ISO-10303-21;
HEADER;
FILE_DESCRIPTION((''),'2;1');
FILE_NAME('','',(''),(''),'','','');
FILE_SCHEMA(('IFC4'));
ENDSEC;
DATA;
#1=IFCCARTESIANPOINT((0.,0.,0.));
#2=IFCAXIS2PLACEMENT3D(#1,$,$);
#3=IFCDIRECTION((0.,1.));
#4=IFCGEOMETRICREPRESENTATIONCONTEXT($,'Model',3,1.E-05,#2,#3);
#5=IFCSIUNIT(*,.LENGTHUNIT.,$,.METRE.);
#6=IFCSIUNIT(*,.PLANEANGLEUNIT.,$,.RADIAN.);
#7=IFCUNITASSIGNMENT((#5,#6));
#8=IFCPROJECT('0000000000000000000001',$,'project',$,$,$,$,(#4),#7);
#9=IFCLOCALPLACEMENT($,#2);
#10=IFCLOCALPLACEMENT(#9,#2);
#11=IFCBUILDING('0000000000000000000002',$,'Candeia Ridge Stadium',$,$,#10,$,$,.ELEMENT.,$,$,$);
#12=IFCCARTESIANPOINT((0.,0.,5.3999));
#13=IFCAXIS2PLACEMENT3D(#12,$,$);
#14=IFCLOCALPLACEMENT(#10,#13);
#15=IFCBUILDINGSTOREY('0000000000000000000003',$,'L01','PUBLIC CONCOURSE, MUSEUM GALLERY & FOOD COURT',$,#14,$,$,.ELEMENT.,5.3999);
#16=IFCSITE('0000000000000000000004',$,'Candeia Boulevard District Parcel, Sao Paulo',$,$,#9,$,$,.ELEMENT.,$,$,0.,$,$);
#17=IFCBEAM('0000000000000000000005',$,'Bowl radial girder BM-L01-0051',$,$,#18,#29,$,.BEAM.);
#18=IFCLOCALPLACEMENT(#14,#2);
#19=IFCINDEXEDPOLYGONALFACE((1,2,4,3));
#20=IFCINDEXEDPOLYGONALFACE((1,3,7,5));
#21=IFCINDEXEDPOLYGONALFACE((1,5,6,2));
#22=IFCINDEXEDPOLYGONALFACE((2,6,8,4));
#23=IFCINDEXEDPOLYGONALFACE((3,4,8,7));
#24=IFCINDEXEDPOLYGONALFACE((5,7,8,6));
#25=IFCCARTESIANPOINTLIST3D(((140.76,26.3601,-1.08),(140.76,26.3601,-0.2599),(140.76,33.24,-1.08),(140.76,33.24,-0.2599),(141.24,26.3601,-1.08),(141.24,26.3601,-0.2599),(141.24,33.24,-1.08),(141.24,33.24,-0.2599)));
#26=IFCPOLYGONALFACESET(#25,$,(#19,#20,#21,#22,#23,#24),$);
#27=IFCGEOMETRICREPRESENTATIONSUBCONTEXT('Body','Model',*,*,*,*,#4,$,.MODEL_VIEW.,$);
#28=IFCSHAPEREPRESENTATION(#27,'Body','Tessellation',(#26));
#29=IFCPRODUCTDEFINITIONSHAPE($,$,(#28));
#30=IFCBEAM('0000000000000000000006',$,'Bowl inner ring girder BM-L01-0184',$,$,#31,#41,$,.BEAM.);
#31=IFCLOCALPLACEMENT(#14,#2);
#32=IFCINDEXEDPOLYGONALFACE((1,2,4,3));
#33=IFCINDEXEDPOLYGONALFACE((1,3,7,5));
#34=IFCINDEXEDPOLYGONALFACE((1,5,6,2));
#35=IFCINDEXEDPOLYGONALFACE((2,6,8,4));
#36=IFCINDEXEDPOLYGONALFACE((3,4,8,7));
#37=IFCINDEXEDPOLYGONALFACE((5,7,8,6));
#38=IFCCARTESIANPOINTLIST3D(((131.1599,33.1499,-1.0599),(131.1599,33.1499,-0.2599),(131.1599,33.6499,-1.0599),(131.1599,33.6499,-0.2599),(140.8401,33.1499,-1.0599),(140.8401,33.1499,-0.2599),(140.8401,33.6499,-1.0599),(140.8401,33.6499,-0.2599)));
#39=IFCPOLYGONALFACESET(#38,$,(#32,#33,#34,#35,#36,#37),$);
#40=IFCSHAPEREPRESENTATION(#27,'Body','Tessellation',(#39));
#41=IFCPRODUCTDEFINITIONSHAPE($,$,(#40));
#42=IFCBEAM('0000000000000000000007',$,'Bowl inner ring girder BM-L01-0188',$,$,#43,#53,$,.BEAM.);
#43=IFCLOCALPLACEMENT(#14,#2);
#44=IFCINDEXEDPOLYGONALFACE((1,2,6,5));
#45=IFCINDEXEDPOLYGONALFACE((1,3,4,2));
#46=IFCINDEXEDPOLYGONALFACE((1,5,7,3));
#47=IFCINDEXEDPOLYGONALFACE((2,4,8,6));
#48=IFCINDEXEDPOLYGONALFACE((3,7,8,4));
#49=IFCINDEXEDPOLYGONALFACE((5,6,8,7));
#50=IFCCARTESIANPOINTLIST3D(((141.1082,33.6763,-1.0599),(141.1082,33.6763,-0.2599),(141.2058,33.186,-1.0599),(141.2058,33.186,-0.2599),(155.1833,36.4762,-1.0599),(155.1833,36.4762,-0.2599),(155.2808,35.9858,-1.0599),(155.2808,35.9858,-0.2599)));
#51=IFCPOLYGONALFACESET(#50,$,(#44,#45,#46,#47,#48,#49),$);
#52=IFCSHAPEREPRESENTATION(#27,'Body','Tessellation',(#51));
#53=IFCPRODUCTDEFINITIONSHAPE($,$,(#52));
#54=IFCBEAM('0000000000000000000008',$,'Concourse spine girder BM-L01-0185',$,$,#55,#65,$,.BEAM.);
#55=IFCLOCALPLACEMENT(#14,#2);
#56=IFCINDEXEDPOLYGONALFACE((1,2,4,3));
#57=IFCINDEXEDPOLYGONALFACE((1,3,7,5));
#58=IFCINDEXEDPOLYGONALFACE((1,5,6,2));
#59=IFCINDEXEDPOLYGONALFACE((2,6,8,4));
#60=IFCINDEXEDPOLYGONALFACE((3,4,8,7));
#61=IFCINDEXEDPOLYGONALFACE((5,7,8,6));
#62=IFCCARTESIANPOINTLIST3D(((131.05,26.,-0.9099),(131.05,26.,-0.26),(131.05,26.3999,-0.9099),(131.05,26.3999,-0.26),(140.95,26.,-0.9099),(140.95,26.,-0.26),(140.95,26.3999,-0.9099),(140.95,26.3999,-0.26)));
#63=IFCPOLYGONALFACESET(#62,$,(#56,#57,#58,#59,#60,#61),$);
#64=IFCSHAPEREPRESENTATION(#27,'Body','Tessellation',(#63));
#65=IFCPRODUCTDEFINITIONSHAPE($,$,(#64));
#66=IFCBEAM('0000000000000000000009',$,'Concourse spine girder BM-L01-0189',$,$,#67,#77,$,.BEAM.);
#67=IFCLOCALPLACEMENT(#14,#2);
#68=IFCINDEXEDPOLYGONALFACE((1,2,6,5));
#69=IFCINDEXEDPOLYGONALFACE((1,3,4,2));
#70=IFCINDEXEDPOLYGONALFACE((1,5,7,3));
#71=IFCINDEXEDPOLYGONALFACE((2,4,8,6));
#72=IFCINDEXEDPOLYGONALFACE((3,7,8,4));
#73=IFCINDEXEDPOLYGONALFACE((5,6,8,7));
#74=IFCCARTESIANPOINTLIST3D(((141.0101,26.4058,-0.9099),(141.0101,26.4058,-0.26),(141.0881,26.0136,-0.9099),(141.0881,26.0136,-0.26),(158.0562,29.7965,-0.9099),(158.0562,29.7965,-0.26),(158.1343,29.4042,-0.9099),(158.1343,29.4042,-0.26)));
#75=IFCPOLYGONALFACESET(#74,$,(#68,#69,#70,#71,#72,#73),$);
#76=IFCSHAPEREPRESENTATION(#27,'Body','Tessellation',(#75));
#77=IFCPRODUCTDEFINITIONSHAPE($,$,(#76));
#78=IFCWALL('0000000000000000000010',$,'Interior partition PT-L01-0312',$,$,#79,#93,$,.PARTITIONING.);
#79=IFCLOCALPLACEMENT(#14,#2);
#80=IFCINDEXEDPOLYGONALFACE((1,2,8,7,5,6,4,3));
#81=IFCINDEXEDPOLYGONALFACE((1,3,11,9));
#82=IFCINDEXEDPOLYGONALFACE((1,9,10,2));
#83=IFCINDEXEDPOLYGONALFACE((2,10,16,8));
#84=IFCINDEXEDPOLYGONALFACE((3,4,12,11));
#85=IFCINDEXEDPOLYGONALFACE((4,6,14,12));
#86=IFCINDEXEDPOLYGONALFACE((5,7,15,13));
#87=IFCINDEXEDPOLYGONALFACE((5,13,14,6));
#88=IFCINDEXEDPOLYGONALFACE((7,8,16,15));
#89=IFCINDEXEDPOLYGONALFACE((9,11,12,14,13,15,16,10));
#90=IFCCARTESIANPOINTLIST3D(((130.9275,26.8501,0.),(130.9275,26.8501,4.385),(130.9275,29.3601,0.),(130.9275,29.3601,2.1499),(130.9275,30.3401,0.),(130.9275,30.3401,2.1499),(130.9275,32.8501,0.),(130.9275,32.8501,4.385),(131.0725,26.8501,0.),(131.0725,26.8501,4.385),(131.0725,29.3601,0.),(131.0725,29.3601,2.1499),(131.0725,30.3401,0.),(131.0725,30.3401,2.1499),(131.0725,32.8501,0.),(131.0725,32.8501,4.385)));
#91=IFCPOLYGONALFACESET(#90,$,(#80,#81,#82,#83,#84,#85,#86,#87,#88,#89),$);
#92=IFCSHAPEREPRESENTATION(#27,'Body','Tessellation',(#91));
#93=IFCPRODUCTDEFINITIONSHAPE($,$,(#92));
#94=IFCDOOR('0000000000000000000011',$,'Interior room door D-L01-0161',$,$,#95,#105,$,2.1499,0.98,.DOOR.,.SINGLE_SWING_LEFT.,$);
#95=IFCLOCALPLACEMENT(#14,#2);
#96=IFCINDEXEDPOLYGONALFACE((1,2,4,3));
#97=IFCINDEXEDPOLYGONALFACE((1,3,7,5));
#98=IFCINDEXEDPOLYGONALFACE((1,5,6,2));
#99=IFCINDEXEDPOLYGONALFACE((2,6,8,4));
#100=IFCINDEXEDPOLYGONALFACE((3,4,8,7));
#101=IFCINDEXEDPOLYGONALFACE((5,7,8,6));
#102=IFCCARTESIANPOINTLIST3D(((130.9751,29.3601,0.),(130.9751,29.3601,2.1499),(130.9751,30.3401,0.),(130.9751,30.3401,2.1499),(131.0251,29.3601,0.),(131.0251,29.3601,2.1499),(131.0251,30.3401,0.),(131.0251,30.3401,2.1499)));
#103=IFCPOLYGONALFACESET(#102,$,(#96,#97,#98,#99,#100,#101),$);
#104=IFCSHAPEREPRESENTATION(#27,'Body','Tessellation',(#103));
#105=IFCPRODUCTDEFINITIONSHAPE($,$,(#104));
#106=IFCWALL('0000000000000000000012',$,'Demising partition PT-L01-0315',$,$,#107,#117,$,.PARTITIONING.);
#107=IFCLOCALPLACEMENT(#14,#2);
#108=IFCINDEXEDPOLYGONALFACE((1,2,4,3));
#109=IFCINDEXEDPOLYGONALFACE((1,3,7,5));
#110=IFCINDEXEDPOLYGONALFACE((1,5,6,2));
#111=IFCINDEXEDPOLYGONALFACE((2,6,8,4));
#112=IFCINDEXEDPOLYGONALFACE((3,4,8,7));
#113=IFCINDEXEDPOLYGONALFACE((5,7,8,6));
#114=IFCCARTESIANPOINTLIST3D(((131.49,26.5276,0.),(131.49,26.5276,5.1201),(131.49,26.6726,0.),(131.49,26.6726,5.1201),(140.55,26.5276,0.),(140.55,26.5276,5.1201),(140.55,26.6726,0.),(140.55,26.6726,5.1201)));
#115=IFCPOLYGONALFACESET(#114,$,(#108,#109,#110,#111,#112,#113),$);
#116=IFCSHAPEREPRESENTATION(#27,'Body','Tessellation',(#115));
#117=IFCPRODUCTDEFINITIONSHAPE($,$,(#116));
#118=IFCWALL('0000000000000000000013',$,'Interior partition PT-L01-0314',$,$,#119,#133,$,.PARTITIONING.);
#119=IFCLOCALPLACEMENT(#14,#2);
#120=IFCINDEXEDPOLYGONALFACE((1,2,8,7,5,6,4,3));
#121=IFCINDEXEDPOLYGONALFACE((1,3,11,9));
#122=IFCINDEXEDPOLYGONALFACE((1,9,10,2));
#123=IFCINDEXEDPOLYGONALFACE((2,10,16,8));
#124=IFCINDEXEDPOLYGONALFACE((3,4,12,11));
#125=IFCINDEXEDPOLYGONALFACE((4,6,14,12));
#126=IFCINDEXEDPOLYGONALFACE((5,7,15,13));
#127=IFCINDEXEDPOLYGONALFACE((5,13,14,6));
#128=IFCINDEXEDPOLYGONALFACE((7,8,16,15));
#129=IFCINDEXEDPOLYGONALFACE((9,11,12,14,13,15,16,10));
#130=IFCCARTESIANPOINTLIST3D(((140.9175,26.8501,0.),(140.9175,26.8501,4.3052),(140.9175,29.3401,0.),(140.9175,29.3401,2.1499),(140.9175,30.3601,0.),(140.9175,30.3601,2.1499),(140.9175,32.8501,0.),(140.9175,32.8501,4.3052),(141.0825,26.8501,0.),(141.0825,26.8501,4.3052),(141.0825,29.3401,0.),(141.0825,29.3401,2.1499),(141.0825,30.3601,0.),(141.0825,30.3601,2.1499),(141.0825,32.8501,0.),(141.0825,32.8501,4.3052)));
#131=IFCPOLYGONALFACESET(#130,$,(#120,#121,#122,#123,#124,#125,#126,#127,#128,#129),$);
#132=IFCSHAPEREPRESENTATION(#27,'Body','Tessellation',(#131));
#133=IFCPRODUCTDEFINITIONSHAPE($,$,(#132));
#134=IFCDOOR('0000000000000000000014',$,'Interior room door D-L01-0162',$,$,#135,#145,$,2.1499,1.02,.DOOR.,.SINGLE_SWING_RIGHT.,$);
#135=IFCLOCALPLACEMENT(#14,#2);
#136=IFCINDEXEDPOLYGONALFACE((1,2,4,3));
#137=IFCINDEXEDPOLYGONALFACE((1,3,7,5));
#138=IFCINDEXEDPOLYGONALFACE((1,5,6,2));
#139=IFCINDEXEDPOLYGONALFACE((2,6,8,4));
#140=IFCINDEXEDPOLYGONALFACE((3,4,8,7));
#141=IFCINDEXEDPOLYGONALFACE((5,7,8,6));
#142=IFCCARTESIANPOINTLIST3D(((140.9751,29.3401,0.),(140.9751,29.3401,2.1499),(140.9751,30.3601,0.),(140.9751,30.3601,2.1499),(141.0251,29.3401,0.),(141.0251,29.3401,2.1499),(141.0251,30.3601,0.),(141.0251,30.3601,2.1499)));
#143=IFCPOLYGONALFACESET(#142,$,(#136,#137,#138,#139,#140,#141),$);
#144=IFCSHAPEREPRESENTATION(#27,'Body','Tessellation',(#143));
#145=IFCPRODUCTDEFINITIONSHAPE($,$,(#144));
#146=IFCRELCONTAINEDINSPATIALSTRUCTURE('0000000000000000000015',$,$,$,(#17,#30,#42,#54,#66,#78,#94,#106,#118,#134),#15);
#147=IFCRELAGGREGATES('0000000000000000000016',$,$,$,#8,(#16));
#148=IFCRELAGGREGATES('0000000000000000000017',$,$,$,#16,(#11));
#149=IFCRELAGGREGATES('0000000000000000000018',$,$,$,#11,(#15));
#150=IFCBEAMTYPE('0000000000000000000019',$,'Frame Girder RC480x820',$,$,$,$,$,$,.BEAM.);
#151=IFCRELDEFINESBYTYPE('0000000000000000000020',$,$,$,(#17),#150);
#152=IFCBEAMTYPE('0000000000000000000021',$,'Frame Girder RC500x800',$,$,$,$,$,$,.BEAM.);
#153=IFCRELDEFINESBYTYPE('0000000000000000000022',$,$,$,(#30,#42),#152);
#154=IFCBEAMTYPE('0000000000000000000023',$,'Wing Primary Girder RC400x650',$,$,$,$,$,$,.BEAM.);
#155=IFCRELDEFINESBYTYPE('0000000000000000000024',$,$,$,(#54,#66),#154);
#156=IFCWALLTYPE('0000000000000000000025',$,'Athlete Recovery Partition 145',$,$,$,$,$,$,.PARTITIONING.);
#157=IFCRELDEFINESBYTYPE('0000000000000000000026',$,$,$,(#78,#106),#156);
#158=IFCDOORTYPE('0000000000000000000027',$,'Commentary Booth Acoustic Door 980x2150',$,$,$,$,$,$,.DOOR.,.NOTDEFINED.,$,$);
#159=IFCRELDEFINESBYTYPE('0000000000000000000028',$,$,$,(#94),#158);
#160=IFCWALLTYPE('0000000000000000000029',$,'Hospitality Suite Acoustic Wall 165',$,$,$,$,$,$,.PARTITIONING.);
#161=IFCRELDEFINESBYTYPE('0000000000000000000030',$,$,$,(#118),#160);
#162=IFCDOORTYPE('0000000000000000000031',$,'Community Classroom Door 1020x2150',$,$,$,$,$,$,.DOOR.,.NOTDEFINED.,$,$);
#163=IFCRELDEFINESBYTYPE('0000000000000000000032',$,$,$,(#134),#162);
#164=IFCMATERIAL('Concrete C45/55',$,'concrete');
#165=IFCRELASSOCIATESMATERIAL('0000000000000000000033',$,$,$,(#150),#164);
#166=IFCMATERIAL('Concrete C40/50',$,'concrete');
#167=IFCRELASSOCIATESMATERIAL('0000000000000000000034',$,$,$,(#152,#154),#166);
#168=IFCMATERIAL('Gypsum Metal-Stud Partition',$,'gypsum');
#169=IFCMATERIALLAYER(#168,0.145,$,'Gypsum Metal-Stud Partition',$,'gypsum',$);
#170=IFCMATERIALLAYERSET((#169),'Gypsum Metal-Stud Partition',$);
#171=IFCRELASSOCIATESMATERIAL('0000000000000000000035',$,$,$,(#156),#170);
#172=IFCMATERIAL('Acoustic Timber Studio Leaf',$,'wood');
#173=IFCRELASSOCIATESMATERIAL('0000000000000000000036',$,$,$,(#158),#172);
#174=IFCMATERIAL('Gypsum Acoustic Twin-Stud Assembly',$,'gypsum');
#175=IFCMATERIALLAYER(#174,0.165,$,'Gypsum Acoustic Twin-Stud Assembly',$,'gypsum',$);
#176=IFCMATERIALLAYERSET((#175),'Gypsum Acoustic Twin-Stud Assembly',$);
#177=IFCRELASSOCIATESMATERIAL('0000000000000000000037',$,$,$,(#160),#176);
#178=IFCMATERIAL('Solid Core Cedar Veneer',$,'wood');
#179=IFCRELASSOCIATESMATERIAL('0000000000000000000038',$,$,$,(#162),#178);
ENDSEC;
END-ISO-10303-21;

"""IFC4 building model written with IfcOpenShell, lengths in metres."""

from ifc_helpers import new_model, si_unit, direction, frame, frame_2d, origin, origin_2d, place, context, subcontext, project, spatial, rectangle, extrude, material, layer, layer_set, material_profile, profile_set, type_object, element, fill, save


model = new_model("IFC4")

# Units and contexts
model_context = context("Model", 3, precision=1e-05, world=origin(), true_north=direction((0.0, 1.0)))
body_context = subcontext(model_context, "Body", "Model", "MODEL_VIEW")
ifc_project = project(units=[si_unit("LENGTHUNIT", "METRE"), si_unit("PLANEANGLEUNIT", "RADIAN")], contexts=[model_context])

# Site, building, storey
site_placement = place(None, origin())
site = spatial("IfcSite", under=ifc_project, at=site_placement, Name="Candeia Boulevard District Parcel, Sao Paulo", CompositionType="ELEMENT", RefElevation=0.0)
building_placement = place(site_placement, origin())
building = spatial("IfcBuilding", under=site, at=building_placement, Name="Candeia Ridge Stadium", CompositionType="ELEMENT")
storey_placement = place(building_placement, frame((0.0, 0.0, 5.3999)))
storey = spatial("IfcBuildingStorey", under=building, at=storey_placement, Name="L01", Description="PUBLIC CONCOURSE, MUSEUM GALLERY & FOOD COURT", CompositionType="ELEMENT", Elevation=5.3999)

# Shared definitions
ifc_material_1 = material(Name="Concrete C45/55", Category="concrete")
ifc_material_2 = material(Name="Concrete C40/50", Category="concrete")

# Beams
ifc_material_profile_1 = material_profile(ifc_material_1, rectangle(XDim=0.48, YDim=0.8201, at=origin_2d()), Name="RC480x820", Category="concrete")
ifc_profile_set_1 = profile_set([ifc_material_profile_1], Name="Concrete C45/55")
beam_type_1 = type_object("IfcBeamType", Name="Frame Girder RC480x820", PredefinedType="BEAM", material=ifc_profile_set_1)
beam_1_placement = place(storey_placement, frame((141.0, 33.24, -0.6699), z_axis=(0.0, -1.0, 0.0), x_axis=(1.0, 0.0, 0.0)))
element("IfcBeam", 1, at=beam_1_placement, inside=storey, type_object=beam_type_1, Name="Bowl radial girder BM-L01-0051", PredefinedType="BEAM", context=body_context, shape_type="SweptSolid", body=[
    extrude(rectangle(XDim=0.48, YDim=0.8201, at=origin_2d()), origin(), (0.0, 0.0, 1.0), 6.8799),
])
ifc_material_profile_2 = material_profile(ifc_material_2, rectangle(XDim=0.5, YDim=0.8, at=origin_2d()), Name="RC500x800", Category="concrete")
ifc_profile_set_2 = profile_set([ifc_material_profile_2], Name="Concrete C40/50")
beam_type_2 = type_object("IfcBeamType", Name="Frame Girder RC500x800", PredefinedType="BEAM", material=ifc_profile_set_2)
beam_2_placement = place(storey_placement, frame((131.1599, 33.3999, -0.6599), z_axis=(1.0, 0.0, 0.0), x_axis=(0.0, 1.0, 0.0)))
element("IfcBeam", 2, at=beam_2_placement, inside=storey, type_object=beam_type_2, Name="Bowl inner ring girder BM-L01-0184", PredefinedType="BEAM", context=body_context, shape_type="SweptSolid", body=[
    extrude(rectangle(XDim=0.5, YDim=0.8, at=origin_2d()), origin(), (0.0, 0.0, 1.0), 9.6802),
])
beam_3_placement = place(storey_placement, frame((141.157, 33.4312, -0.6599), z_axis=(0.980784, 0.195099, 0.0), x_axis=(-0.195099, 0.980784, 0.0)))
element("IfcBeam", 3, at=beam_3_placement, inside=storey, type_object=beam_type_2, Name="Bowl inner ring girder BM-L01-0188", PredefinedType="BEAM", context=body_context, shape_type="SweptSolid", body=[
    extrude(rectangle(XDim=0.5, YDim=0.8, at=origin_2d()), origin(), (0.0, 0.0, 1.0), 14.3508),
])
ifc_material_profile_3 = material_profile(ifc_material_2, rectangle(XDim=0.3999, YDim=0.6499, at=origin_2d()), Name="RC400x650", Category="concrete")
ifc_profile_set_3 = profile_set([ifc_material_profile_3], Name="Concrete C40/50")
beam_type_3 = type_object("IfcBeamType", Name="Wing Primary Girder RC400x650", PredefinedType="BEAM", material=ifc_profile_set_3)
beam_4_placement = place(storey_placement, frame((131.05, 26.2, -0.585), z_axis=(1.0, 0.0, 0.0), x_axis=(0.0, 1.0, 0.0)))
element("IfcBeam", 4, at=beam_4_placement, inside=storey, type_object=beam_type_3, Name="Concourse spine girder BM-L01-0185", PredefinedType="BEAM", context=body_context, shape_type="SweptSolid", body=[
    extrude(rectangle(XDim=0.3999, YDim=0.6499, at=origin_2d()), origin(), (0.0, 0.0, 1.0), 9.8999),
])
beam_5_placement = place(storey_placement, frame((141.0491, 26.2097, -0.585), z_axis=(0.980786, 0.195087, 0.0), x_axis=(-0.195087, 0.980786, 0.0)))
element("IfcBeam", 5, at=beam_5_placement, inside=storey, type_object=beam_type_3, Name="Concourse spine girder BM-L01-0189", PredefinedType="BEAM", context=body_context, shape_type="SweptSolid", body=[
    extrude(rectangle(XDim=0.3999, YDim=0.6499, at=origin_2d()), origin(), (0.0, 0.0, 1.0), 17.3801),
])

# Wall, opening, door
ifc_material_3 = material(Name="Gypsum Metal-Stud Partition", Category="gypsum")
ifc_layer_1 = layer(ifc_material_3, 0.145, Name="Gypsum Metal-Stud Partition", Category="gypsum")
ifc_layer_set_1 = layer_set([ifc_layer_1], Name="Gypsum Metal-Stud Partition")
wall_type_1 = type_object("IfcWallType", Name="Athlete Recovery Partition 145", PredefinedType="PARTITIONING", material=ifc_layer_set_1)
wall_1_placement = place(storey_placement, frame((131.0, 32.8501, 0.0), z_axis=(0.0, 0.0, 1.0), x_axis=(0.0, -1.0, 0.0)))
wall_1 = element("IfcWall", 6, at=wall_1_placement, inside=storey, type_object=wall_type_1, Name="Interior partition PT-L01-0312", PredefinedType="PARTITIONING", context=body_context, shape_type="SweptSolid", body=[
    extrude(rectangle(XDim=6.0, YDim=0.145, at=frame_2d((3.0, 0.0))), origin(), (0.0, 0.0, 1.0), 4.385),
])
opening_1_placement = place(wall_1_placement, frame((2.51, 0.0, 0.0)))
opening_1 = element("IfcOpeningElement", 7, at=opening_1_placement, cuts=wall_1, PredefinedType="OPENING", context=body_context, shape_type="SweptSolid", body=[
    extrude(rectangle(XDim=0.98, YDim=2.1499, at=frame_2d((0.49, 1.075))), frame((0.0, 0.0825, 0.0), z_axis=(0.0, -1.0, 0.0), x_axis=(1.0, 0.0, 0.0)), (0.0, 0.0, 1.0), 0.165),
])
ifc_material_4 = material(Name="Acoustic Timber Studio Leaf", Category="wood")
door_type_1 = type_object("IfcDoorType", Name="Commentary Booth Acoustic Door 980x2150", OperationType="NOTDEFINED", PredefinedType="DOOR", material=ifc_material_4)
door_1_placement = place(opening_1_placement, frame((0.98, 0.0, 0.0), z_axis=(0.0, 0.0, 1.0), x_axis=(-1.0, 0.0, 0.0)))
door_1 = element("IfcDoor", 8, at=door_1_placement, inside=storey, type_object=door_type_1, Name="Interior room door D-L01-0161", OperationType="SINGLE_SWING_LEFT", OverallHeight=2.1499, OverallWidth=0.98, PredefinedType="DOOR", context=body_context, shape_type="SweptSolid", body=[
    extrude(rectangle(XDim=0.98, YDim=2.1499, at=frame_2d((0.49, 1.075))), frame((0.0, 0.0249, 0.0), z_axis=(0.0, -1.0, 0.0), x_axis=(1.0, 0.0, 0.0)), (0.0, 0.0, 1.0), 0.05),
])
fill(opening_1, door_1)

# Wall
wall_2_placement = place(storey_placement, frame((140.55, 26.6001, 0.0), z_axis=(0.0, 0.0, 1.0), x_axis=(-1.0, 0.0, 0.0)))
element("IfcWall", 9, at=wall_2_placement, inside=storey, type_object=wall_type_1, Name="Demising partition PT-L01-0315", PredefinedType="PARTITIONING", context=body_context, shape_type="SweptSolid", body=[
    extrude(rectangle(XDim=9.0601, YDim=0.145, at=frame_2d((4.53, 0.0))), origin(), (0.0, 0.0, 1.0), 5.1201),
])

# Wall, opening, door
ifc_material_5 = material(Name="Gypsum Acoustic Twin-Stud Assembly", Category="gypsum")
ifc_layer_2 = layer(ifc_material_5, 0.165, Name="Gypsum Acoustic Twin-Stud Assembly", Category="gypsum")
ifc_layer_set_2 = layer_set([ifc_layer_2], Name="Gypsum Acoustic Twin-Stud Assembly")
wall_type_2 = type_object("IfcWallType", Name="Hospitality Suite Acoustic Wall 165", PredefinedType="PARTITIONING", material=ifc_layer_set_2)
wall_3_placement = place(storey_placement, frame((141.0, 32.8501, 0.0), z_axis=(0.0, 0.0, 1.0), x_axis=(0.0, -1.0, 0.0)))
wall_3 = element("IfcWall", 10, at=wall_3_placement, inside=storey, type_object=wall_type_2, Name="Interior partition PT-L01-0314", PredefinedType="PARTITIONING", context=body_context, shape_type="SweptSolid", body=[
    extrude(rectangle(XDim=6.0, YDim=0.165, at=frame_2d((3.0, 0.0))), origin(), (0.0, 0.0, 1.0), 4.3052),
])
opening_2_placement = place(wall_3_placement, frame((2.49, 0.0, 0.0)))
opening_2 = element("IfcOpeningElement", 11, at=opening_2_placement, cuts=wall_3, PredefinedType="OPENING", context=body_context, shape_type="SweptSolid", body=[
    extrude(rectangle(XDim=1.02, YDim=2.1499, at=frame_2d((0.51, 1.075))), frame((0.0, 0.0925, 0.0), z_axis=(0.0, -1.0, 0.0), x_axis=(1.0, 0.0, 0.0)), (0.0, 0.0, 1.0), 0.1851),
])
ifc_material_6 = material(Name="Solid Core Cedar Veneer", Category="wood")
door_type_2 = type_object("IfcDoorType", Name="Community Classroom Door 1020x2150", OperationType="NOTDEFINED", PredefinedType="DOOR", material=ifc_material_6)
door_2_placement = place(opening_2_placement, frame((1.02, 0.0, 0.0), z_axis=(0.0, 0.0, 1.0), x_axis=(-1.0, 0.0, 0.0)))
door_2 = element("IfcDoor", 12, at=door_2_placement, inside=storey, type_object=door_type_2, Name="Interior room door D-L01-0162", OperationType="SINGLE_SWING_RIGHT", OverallHeight=2.1499, OverallWidth=1.02, PredefinedType="DOOR", context=body_context, shape_type="SweptSolid", body=[
    extrude(rectangle(XDim=1.02, YDim=2.1499, at=frame_2d((0.51, 1.075))), frame((0.0, 0.0249, 0.0), z_axis=(0.0, -1.0, 0.0), x_axis=(1.0, 0.0, 0.0)), (0.0, 0.0, 1.0), 0.05),
])
fill(opening_2, door_2)

save(model, "model.ifc")
